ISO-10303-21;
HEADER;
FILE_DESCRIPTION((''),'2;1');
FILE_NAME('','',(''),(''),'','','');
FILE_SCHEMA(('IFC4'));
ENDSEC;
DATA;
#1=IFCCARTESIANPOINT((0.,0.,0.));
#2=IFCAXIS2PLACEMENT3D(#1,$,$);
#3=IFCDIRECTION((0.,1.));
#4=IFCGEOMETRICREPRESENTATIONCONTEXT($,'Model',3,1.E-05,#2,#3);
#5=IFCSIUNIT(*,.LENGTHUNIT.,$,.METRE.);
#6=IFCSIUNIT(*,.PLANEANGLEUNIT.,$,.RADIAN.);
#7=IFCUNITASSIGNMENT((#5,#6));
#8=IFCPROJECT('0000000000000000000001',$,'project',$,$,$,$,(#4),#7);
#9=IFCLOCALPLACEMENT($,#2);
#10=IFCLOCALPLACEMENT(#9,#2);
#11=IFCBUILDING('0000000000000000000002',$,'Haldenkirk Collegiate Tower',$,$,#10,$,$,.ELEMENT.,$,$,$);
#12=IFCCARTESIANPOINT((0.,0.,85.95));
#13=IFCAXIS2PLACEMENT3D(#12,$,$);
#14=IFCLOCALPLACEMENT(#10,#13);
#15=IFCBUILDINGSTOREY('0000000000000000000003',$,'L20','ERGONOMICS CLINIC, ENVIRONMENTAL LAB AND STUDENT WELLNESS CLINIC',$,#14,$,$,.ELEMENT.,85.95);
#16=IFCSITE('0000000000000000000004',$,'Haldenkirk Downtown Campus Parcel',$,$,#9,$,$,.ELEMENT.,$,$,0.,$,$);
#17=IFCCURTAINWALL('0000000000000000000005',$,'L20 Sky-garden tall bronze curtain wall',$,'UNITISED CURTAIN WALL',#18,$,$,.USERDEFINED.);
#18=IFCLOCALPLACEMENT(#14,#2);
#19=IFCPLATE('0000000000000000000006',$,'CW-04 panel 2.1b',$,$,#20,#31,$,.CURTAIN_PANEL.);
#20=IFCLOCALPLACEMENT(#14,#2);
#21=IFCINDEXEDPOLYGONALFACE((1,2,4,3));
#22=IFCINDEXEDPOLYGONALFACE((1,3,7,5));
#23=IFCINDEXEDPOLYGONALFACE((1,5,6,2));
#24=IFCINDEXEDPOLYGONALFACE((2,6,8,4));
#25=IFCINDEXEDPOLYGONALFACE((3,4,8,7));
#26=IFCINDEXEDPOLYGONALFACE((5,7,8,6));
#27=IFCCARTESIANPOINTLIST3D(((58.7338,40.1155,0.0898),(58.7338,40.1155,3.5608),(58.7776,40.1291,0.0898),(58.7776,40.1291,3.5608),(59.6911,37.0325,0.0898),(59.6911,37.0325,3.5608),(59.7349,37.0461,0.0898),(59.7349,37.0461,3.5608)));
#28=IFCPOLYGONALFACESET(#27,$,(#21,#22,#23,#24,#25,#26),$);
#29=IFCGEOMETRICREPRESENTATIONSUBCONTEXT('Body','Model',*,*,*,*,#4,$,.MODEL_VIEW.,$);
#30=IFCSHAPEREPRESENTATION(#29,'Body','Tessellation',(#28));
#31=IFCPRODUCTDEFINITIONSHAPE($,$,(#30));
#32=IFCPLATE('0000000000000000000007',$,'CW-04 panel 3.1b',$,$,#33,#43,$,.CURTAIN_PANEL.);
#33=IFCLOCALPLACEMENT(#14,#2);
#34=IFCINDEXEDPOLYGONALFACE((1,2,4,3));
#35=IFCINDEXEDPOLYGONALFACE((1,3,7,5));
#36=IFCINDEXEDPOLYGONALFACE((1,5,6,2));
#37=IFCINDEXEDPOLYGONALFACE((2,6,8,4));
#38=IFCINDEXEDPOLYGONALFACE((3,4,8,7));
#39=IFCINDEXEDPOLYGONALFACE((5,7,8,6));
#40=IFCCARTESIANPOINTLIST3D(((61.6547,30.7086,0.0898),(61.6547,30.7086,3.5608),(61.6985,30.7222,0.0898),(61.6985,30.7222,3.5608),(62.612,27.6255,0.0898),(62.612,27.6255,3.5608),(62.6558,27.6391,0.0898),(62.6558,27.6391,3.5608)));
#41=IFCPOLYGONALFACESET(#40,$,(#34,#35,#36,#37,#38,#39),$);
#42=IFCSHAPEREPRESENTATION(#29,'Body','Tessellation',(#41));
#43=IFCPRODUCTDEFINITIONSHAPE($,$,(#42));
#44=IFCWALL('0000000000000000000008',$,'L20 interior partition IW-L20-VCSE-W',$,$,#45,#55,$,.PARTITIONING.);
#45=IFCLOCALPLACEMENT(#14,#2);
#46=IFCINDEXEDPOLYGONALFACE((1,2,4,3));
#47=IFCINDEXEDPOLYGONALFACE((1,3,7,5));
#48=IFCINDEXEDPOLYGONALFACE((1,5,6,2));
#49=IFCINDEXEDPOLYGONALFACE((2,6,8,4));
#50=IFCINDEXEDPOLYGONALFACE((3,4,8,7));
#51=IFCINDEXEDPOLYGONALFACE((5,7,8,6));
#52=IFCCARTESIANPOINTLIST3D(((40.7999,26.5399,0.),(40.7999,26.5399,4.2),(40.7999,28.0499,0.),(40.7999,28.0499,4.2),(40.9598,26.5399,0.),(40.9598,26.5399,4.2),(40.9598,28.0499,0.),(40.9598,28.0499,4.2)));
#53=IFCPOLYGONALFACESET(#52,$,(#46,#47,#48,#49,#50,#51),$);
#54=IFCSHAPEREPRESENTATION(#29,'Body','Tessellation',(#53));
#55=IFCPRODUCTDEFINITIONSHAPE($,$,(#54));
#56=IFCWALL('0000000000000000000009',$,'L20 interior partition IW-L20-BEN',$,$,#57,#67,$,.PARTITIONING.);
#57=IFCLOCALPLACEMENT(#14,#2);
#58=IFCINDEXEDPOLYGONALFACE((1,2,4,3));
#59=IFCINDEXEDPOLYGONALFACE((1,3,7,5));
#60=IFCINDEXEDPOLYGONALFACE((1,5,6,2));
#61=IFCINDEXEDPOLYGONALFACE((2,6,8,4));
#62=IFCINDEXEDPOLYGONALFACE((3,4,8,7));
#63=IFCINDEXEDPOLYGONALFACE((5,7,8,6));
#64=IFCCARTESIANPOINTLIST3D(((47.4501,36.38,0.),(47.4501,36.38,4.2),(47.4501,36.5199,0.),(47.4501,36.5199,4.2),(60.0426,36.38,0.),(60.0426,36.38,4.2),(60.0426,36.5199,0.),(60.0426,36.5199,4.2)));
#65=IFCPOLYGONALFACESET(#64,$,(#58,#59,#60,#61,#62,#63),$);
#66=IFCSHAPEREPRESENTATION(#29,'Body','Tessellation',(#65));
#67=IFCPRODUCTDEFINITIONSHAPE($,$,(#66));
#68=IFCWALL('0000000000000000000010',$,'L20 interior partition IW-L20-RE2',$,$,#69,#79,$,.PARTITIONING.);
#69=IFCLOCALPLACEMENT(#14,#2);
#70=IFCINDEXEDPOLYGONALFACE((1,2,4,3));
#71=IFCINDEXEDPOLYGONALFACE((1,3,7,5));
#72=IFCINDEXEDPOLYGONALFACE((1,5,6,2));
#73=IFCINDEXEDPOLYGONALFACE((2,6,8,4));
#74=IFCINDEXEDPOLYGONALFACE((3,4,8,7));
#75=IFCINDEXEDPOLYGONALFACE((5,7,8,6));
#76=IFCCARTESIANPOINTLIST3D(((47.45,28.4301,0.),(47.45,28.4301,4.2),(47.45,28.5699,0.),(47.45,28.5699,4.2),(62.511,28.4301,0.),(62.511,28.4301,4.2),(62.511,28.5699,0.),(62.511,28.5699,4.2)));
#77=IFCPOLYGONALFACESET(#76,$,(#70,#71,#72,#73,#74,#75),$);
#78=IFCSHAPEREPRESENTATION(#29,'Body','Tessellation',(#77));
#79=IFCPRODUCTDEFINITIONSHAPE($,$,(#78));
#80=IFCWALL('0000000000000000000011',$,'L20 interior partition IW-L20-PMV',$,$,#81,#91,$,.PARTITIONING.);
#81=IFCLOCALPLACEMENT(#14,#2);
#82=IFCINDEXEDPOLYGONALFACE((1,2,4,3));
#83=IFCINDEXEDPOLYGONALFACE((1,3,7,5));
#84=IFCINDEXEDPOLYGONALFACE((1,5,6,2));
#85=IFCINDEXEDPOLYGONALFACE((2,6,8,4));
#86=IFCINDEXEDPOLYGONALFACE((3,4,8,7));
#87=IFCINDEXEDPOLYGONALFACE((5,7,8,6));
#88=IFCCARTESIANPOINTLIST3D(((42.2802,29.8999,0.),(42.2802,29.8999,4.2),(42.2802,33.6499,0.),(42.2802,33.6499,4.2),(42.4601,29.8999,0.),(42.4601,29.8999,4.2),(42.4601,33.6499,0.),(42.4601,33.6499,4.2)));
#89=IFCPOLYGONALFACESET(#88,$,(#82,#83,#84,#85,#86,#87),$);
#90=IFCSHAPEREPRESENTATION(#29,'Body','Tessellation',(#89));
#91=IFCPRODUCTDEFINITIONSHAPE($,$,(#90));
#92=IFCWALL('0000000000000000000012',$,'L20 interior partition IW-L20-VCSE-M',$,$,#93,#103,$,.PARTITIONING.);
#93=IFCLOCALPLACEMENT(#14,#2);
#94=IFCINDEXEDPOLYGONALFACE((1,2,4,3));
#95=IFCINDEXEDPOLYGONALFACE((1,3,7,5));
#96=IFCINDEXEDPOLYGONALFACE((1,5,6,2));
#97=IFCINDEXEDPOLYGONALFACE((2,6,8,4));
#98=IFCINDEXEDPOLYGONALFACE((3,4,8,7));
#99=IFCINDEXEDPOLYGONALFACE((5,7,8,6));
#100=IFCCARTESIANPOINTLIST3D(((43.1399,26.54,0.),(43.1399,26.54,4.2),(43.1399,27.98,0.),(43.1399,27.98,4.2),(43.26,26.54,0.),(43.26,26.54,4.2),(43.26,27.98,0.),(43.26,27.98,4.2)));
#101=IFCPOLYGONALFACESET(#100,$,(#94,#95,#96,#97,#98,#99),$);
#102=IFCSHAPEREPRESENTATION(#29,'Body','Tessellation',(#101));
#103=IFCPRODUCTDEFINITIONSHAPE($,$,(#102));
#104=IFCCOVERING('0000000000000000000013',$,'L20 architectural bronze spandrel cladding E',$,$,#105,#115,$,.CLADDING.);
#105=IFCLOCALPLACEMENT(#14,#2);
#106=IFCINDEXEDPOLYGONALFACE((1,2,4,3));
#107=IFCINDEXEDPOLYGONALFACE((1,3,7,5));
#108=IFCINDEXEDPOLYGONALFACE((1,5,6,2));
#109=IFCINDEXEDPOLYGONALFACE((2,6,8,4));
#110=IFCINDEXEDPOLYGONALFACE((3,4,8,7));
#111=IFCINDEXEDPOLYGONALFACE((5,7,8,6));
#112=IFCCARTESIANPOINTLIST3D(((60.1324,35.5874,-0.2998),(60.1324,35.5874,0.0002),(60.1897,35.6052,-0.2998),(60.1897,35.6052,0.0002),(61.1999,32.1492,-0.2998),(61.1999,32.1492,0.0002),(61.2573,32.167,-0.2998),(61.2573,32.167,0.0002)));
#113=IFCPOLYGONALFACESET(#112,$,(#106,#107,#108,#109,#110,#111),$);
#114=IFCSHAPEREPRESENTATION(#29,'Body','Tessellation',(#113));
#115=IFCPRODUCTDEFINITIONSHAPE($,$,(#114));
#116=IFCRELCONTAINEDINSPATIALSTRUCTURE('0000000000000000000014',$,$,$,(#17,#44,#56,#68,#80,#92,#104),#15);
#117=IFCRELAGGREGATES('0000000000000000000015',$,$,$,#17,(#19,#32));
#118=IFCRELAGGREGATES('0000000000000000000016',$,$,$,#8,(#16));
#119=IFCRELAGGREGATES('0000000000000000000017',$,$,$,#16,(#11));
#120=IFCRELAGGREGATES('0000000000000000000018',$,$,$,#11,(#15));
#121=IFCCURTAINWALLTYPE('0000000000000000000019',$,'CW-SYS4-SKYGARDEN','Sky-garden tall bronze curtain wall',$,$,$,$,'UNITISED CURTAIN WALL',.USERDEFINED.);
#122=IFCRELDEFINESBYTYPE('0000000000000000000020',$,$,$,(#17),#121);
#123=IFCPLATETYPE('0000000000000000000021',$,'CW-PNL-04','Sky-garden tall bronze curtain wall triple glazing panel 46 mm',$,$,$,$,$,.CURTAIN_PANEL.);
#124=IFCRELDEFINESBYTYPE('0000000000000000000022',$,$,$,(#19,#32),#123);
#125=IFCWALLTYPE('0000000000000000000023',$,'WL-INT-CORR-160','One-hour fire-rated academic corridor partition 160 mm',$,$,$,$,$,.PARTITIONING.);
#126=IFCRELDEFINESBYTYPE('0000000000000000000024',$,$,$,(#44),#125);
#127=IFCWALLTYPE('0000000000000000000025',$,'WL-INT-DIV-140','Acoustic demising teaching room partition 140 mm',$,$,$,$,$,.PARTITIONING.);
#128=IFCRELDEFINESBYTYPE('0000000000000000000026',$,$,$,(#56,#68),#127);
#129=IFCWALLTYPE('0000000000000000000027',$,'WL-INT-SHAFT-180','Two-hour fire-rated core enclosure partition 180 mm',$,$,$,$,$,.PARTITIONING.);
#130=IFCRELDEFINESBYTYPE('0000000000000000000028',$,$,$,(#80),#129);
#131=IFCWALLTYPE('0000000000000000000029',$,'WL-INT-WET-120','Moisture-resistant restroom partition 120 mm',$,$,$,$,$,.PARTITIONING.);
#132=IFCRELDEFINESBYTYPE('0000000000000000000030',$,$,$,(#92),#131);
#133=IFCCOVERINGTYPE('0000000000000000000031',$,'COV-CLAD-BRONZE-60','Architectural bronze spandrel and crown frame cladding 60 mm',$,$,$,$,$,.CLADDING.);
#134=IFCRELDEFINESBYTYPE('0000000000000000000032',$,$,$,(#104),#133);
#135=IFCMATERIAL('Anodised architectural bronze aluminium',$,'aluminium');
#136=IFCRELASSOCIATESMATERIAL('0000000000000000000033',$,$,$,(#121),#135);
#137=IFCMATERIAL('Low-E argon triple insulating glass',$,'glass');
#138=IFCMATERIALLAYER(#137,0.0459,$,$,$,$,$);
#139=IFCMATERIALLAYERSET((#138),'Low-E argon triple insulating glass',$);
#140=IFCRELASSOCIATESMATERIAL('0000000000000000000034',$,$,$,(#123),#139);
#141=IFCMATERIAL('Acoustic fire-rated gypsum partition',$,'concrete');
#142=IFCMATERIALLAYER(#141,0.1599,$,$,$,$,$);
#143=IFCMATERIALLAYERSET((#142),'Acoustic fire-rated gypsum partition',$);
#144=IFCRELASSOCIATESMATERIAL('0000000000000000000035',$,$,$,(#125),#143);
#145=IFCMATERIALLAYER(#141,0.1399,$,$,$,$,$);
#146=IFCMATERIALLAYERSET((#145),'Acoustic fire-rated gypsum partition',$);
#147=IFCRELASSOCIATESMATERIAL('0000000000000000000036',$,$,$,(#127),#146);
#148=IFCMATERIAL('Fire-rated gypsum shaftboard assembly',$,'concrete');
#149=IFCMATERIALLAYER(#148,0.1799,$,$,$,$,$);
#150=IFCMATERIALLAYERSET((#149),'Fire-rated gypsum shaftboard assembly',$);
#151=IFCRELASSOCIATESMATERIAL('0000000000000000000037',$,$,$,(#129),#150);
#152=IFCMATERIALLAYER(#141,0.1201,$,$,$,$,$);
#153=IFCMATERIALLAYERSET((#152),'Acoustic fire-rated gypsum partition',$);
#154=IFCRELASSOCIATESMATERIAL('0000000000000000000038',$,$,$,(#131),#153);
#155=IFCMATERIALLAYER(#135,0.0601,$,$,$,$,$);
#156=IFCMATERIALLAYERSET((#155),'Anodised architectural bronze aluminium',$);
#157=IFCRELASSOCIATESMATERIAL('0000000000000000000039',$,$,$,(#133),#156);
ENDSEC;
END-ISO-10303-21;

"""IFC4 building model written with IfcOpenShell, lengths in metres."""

from ifc_helpers import new_model, si_unit, direction, frame, frame_2d, origin, origin_2d, place, context, subcontext, project, spatial, rectangle, extrude, source, transform, mapped, material, layer, layer_set, type_object, element, aggregate, save


model = new_model("IFC4")

# Units and contexts
model_context = context("Model", 3, precision=1e-05, world=origin(), true_north=direction((0.0, 1.0)))
body_context = subcontext(model_context, "Body", "Model", "MODEL_VIEW")
ifc_project = project(units=[si_unit("LENGTHUNIT", "METRE"), si_unit("PLANEANGLEUNIT", "RADIAN")], contexts=[model_context])

# Site, building, storey
site_placement = place(None, origin())
site = spatial("IfcSite", under=ifc_project, at=site_placement, Name="Haldenkirk Downtown Campus Parcel", CompositionType="ELEMENT", RefElevation=0.0)
building_placement = place(site_placement, origin())
building = spatial("IfcBuilding", under=site, at=building_placement, Name="Haldenkirk Collegiate Tower", CompositionType="ELEMENT")
storey_placement = place(building_placement, frame((0.0, 0.0, 85.95)))
storey = spatial("IfcBuildingStorey", under=building, at=storey_placement, Name="L20", Description="ERGONOMICS CLINIC, ENVIRONMENTAL LAB AND STUDENT WELLNESS CLINIC", CompositionType="ELEMENT", Elevation=85.95)

# Curtain wall
ifc_material_1 = material(Name="Anodised architectural bronze aluminium", Category="aluminium")
curtain_wall_type = type_object("IfcCurtainWallType", Name="CW-SYS4-SKYGARDEN", Description="Sky-garden tall bronze curtain wall", ElementType="UNITISED CURTAIN WALL", PredefinedType="USERDEFINED", material=ifc_material_1)
curtain_wall_placement = place(storey_placement, origin())
curtain_wall = element("IfcCurtainWall", 1, at=curtain_wall_placement, inside=storey, type_object=curtain_wall_type, Name="L20 Sky-garden tall bronze curtain wall", ObjectType="UNITISED CURTAIN WALL", PredefinedType="USERDEFINED")

# Plates
ifc_material_2 = material(Name="Low-E argon triple insulating glass", Category="glass")
ifc_layer_1 = layer(ifc_material_2, 0.0459)
ifc_layer_set_1 = layer_set([ifc_layer_1], Name="Low-E argon triple insulating glass")
plate_type_1 = type_object("IfcPlateType", Name="CW-PNL-04", Description="Sky-garden tall bronze curtain wall triple glazing panel 46 mm", PredefinedType="CURTAIN_PANEL", material=ifc_layer_set_1)
shared_shape_1 = source(origin(), body_context, "Body", "SweptSolid", [
    extrude(rectangle(XDim=3.2283, YDim=0.0459, at=origin_2d()), origin(), (0.0, 0.0, 1.0), 3.4709),
])
plate_1_placement = place(storey_placement, frame((59.2344, 38.5808, 0.0898), z_axis=(0.0, 0.0, 1.0), x_axis=(0.296541, -0.95502, 0.0)))
plate_1 = element("IfcPlate", 2, at=plate_1_placement, type_object=plate_type_1, Name="CW-04 panel 2.1b", PredefinedType="CURTAIN_PANEL", context=body_context, shape_type="MappedRepresentation", body=[
    mapped(shared_shape_1, transform((0.0, 0.0, 0.0), x_axis=(1.0, 0.0, 0.0), y_axis=(0.0, 1.0, 0.0), z_axis=(0.0, 0.0, 1.0), scale=1.0)),
])
plate_2_placement = place(storey_placement, frame((62.1553, 29.1738, 0.0898), z_axis=(0.0, 0.0, 1.0), x_axis=(0.296541, -0.95502, 0.0)))
plate_2 = element("IfcPlate", 3, at=plate_2_placement, type_object=plate_type_1, Name="CW-04 panel 3.1b", PredefinedType="CURTAIN_PANEL", context=body_context, shape_type="MappedRepresentation", body=[
    mapped(shared_shape_1, transform((0.0, 0.0, 0.0), x_axis=(1.0, 0.0, 0.0), y_axis=(0.0, 1.0, 0.0), z_axis=(0.0, 0.0, 1.0), scale=1.0)),
])
aggregate(curtain_wall, [plate_1, plate_2])

# Walls
ifc_material_3 = material(Name="Acoustic fire-rated gypsum partition", Category="concrete")
ifc_layer_2 = layer(ifc_material_3, 0.1599)
ifc_layer_set_2 = layer_set([ifc_layer_2], Name="Acoustic fire-rated gypsum partition")
wall_type_1 = type_object("IfcWallType", Name="WL-INT-CORR-160", Description="One-hour fire-rated academic corridor partition 160 mm", PredefinedType="PARTITIONING", material=ifc_layer_set_2)
wall_1_placement = place(storey_placement, frame((40.8799, 26.54, 0.0), z_axis=(0.0, 0.0, 1.0), x_axis=(0.0, 1.0, 0.0)))
element("IfcWall", 4, at=wall_1_placement, inside=storey, type_object=wall_type_1, Name="L20 interior partition IW-L20-VCSE-W", PredefinedType="PARTITIONING", context=body_context, shape_type="SweptSolid", body=[
    extrude(rectangle(XDim=1.51, YDim=0.1599, at=frame_2d((0.7549, 0.0))), origin(), (0.0, 0.0, 1.0), 4.2),
])
ifc_layer_3 = layer(ifc_material_3, 0.1399)
ifc_layer_set_3 = layer_set([ifc_layer_3], Name="Acoustic fire-rated gypsum partition")
wall_type_2 = type_object("IfcWallType", Name="WL-INT-DIV-140", Description="Acoustic demising teaching room partition 140 mm", PredefinedType="PARTITIONING", material=ifc_layer_set_3)
wall_2_placement = place(storey_placement, frame((47.45, 36.45, 0.0), z_axis=(0.0, 0.0, 1.0), x_axis=(1.0, 0.0, 0.0)))
element("IfcWall", 5, at=wall_2_placement, inside=storey, type_object=wall_type_2, Name="L20 interior partition IW-L20-BEN", PredefinedType="PARTITIONING", context=body_context, shape_type="SweptSolid", body=[
    extrude(rectangle(XDim=12.5925, YDim=0.1399, at=frame_2d((6.2964, 0.0))), origin(), (0.0, 0.0, 1.0), 4.2),
])
wall_3_placement = place(storey_placement, frame((47.45, 28.5, 0.0), z_axis=(0.0, 0.0, 1.0), x_axis=(1.0, 0.0, 0.0)))
element("IfcWall", 6, at=wall_3_placement, inside=storey, type_object=wall_type_2, Name="L20 interior partition IW-L20-RE2", PredefinedType="PARTITIONING", context=body_context, shape_type="SweptSolid", body=[
    extrude(rectangle(XDim=15.061, YDim=0.1399, at=frame_2d((7.5305, 0.0))), origin(), (0.0, 0.0, 1.0), 4.2),
])
ifc_material_4 = material(Name="Fire-rated gypsum shaftboard assembly", Category="concrete")
ifc_layer_4 = layer(ifc_material_4, 0.1799)
ifc_layer_set_4 = layer_set([ifc_layer_4], Name="Fire-rated gypsum shaftboard assembly")
wall_type_3 = type_object("IfcWallType", Name="WL-INT-SHAFT-180", Description="Two-hour fire-rated core enclosure partition 180 mm", PredefinedType="PARTITIONING", material=ifc_layer_set_4)
wall_4_placement = place(storey_placement, frame((42.3701, 29.8999, 0.0), z_axis=(0.0, 0.0, 1.0), x_axis=(0.0, 1.0, 0.0)))
element("IfcWall", 7, at=wall_4_placement, inside=storey, type_object=wall_type_3, Name="L20 interior partition IW-L20-PMV", PredefinedType="PARTITIONING", context=body_context, shape_type="SweptSolid", body=[
    extrude(rectangle(XDim=3.75, YDim=0.1799, at=frame_2d((1.875, 0.0))), origin(), (0.0, 0.0, 1.0), 4.2),
])
ifc_layer_5 = layer(ifc_material_3, 0.1201)
ifc_layer_set_5 = layer_set([ifc_layer_5], Name="Acoustic fire-rated gypsum partition")
wall_type_4 = type_object("IfcWallType", Name="WL-INT-WET-120", Description="Moisture-resistant restroom partition 120 mm", PredefinedType="PARTITIONING", material=ifc_layer_set_5)
wall_5_placement = place(storey_placement, frame((43.2, 26.54, 0.0), z_axis=(0.0, 0.0, 1.0), x_axis=(0.0, 1.0, 0.0)))
element("IfcWall", 8, at=wall_5_placement, inside=storey, type_object=wall_type_4, Name="L20 interior partition IW-L20-VCSE-M", PredefinedType="PARTITIONING", context=body_context, shape_type="SweptSolid", body=[
    extrude(rectangle(XDim=1.4399, YDim=0.1201, at=frame_2d((0.72, 0.0))), origin(), (0.0, 0.0, 1.0), 4.2),
])

# Covering
ifc_layer_6 = layer(ifc_material_1, 0.0601)
ifc_layer_set_6 = layer_set([ifc_layer_6], Name="Anodised architectural bronze aluminium")
covering_type = type_object("IfcCoveringType", Name="COV-CLAD-BRONZE-60", Description="Architectural bronze spandrel and crown frame cladding 60 mm", PredefinedType="CLADDING", material=ifc_layer_set_6)
shared_shape_2 = source(origin(), body_context, "Body", "SweptSolid", [
    extrude(rectangle(XDim=3.6001, YDim=0.0601, at=origin_2d()), origin(), (0.0, 0.0, 1.0), 0.3),
])
covering_placement = place(storey_placement, frame((60.6948, 33.8772, -0.2998), z_axis=(0.0, 0.0, 1.0), x_axis=(0.296542, -0.95502, 0.0)))
element("IfcCovering", 9, at=covering_placement, inside=storey, type_object=covering_type, Name="L20 architectural bronze spandrel cladding E", PredefinedType="CLADDING", context=body_context, shape_type="MappedRepresentation", body=[
    mapped(shared_shape_2, transform((0.0, 0.0, 0.0), x_axis=(1.0, 0.0, 0.0), y_axis=(0.0, 1.0, 0.0), z_axis=(0.0, 0.0, 1.0), scale=1.0)),
])

save(model, "model.ifc")
